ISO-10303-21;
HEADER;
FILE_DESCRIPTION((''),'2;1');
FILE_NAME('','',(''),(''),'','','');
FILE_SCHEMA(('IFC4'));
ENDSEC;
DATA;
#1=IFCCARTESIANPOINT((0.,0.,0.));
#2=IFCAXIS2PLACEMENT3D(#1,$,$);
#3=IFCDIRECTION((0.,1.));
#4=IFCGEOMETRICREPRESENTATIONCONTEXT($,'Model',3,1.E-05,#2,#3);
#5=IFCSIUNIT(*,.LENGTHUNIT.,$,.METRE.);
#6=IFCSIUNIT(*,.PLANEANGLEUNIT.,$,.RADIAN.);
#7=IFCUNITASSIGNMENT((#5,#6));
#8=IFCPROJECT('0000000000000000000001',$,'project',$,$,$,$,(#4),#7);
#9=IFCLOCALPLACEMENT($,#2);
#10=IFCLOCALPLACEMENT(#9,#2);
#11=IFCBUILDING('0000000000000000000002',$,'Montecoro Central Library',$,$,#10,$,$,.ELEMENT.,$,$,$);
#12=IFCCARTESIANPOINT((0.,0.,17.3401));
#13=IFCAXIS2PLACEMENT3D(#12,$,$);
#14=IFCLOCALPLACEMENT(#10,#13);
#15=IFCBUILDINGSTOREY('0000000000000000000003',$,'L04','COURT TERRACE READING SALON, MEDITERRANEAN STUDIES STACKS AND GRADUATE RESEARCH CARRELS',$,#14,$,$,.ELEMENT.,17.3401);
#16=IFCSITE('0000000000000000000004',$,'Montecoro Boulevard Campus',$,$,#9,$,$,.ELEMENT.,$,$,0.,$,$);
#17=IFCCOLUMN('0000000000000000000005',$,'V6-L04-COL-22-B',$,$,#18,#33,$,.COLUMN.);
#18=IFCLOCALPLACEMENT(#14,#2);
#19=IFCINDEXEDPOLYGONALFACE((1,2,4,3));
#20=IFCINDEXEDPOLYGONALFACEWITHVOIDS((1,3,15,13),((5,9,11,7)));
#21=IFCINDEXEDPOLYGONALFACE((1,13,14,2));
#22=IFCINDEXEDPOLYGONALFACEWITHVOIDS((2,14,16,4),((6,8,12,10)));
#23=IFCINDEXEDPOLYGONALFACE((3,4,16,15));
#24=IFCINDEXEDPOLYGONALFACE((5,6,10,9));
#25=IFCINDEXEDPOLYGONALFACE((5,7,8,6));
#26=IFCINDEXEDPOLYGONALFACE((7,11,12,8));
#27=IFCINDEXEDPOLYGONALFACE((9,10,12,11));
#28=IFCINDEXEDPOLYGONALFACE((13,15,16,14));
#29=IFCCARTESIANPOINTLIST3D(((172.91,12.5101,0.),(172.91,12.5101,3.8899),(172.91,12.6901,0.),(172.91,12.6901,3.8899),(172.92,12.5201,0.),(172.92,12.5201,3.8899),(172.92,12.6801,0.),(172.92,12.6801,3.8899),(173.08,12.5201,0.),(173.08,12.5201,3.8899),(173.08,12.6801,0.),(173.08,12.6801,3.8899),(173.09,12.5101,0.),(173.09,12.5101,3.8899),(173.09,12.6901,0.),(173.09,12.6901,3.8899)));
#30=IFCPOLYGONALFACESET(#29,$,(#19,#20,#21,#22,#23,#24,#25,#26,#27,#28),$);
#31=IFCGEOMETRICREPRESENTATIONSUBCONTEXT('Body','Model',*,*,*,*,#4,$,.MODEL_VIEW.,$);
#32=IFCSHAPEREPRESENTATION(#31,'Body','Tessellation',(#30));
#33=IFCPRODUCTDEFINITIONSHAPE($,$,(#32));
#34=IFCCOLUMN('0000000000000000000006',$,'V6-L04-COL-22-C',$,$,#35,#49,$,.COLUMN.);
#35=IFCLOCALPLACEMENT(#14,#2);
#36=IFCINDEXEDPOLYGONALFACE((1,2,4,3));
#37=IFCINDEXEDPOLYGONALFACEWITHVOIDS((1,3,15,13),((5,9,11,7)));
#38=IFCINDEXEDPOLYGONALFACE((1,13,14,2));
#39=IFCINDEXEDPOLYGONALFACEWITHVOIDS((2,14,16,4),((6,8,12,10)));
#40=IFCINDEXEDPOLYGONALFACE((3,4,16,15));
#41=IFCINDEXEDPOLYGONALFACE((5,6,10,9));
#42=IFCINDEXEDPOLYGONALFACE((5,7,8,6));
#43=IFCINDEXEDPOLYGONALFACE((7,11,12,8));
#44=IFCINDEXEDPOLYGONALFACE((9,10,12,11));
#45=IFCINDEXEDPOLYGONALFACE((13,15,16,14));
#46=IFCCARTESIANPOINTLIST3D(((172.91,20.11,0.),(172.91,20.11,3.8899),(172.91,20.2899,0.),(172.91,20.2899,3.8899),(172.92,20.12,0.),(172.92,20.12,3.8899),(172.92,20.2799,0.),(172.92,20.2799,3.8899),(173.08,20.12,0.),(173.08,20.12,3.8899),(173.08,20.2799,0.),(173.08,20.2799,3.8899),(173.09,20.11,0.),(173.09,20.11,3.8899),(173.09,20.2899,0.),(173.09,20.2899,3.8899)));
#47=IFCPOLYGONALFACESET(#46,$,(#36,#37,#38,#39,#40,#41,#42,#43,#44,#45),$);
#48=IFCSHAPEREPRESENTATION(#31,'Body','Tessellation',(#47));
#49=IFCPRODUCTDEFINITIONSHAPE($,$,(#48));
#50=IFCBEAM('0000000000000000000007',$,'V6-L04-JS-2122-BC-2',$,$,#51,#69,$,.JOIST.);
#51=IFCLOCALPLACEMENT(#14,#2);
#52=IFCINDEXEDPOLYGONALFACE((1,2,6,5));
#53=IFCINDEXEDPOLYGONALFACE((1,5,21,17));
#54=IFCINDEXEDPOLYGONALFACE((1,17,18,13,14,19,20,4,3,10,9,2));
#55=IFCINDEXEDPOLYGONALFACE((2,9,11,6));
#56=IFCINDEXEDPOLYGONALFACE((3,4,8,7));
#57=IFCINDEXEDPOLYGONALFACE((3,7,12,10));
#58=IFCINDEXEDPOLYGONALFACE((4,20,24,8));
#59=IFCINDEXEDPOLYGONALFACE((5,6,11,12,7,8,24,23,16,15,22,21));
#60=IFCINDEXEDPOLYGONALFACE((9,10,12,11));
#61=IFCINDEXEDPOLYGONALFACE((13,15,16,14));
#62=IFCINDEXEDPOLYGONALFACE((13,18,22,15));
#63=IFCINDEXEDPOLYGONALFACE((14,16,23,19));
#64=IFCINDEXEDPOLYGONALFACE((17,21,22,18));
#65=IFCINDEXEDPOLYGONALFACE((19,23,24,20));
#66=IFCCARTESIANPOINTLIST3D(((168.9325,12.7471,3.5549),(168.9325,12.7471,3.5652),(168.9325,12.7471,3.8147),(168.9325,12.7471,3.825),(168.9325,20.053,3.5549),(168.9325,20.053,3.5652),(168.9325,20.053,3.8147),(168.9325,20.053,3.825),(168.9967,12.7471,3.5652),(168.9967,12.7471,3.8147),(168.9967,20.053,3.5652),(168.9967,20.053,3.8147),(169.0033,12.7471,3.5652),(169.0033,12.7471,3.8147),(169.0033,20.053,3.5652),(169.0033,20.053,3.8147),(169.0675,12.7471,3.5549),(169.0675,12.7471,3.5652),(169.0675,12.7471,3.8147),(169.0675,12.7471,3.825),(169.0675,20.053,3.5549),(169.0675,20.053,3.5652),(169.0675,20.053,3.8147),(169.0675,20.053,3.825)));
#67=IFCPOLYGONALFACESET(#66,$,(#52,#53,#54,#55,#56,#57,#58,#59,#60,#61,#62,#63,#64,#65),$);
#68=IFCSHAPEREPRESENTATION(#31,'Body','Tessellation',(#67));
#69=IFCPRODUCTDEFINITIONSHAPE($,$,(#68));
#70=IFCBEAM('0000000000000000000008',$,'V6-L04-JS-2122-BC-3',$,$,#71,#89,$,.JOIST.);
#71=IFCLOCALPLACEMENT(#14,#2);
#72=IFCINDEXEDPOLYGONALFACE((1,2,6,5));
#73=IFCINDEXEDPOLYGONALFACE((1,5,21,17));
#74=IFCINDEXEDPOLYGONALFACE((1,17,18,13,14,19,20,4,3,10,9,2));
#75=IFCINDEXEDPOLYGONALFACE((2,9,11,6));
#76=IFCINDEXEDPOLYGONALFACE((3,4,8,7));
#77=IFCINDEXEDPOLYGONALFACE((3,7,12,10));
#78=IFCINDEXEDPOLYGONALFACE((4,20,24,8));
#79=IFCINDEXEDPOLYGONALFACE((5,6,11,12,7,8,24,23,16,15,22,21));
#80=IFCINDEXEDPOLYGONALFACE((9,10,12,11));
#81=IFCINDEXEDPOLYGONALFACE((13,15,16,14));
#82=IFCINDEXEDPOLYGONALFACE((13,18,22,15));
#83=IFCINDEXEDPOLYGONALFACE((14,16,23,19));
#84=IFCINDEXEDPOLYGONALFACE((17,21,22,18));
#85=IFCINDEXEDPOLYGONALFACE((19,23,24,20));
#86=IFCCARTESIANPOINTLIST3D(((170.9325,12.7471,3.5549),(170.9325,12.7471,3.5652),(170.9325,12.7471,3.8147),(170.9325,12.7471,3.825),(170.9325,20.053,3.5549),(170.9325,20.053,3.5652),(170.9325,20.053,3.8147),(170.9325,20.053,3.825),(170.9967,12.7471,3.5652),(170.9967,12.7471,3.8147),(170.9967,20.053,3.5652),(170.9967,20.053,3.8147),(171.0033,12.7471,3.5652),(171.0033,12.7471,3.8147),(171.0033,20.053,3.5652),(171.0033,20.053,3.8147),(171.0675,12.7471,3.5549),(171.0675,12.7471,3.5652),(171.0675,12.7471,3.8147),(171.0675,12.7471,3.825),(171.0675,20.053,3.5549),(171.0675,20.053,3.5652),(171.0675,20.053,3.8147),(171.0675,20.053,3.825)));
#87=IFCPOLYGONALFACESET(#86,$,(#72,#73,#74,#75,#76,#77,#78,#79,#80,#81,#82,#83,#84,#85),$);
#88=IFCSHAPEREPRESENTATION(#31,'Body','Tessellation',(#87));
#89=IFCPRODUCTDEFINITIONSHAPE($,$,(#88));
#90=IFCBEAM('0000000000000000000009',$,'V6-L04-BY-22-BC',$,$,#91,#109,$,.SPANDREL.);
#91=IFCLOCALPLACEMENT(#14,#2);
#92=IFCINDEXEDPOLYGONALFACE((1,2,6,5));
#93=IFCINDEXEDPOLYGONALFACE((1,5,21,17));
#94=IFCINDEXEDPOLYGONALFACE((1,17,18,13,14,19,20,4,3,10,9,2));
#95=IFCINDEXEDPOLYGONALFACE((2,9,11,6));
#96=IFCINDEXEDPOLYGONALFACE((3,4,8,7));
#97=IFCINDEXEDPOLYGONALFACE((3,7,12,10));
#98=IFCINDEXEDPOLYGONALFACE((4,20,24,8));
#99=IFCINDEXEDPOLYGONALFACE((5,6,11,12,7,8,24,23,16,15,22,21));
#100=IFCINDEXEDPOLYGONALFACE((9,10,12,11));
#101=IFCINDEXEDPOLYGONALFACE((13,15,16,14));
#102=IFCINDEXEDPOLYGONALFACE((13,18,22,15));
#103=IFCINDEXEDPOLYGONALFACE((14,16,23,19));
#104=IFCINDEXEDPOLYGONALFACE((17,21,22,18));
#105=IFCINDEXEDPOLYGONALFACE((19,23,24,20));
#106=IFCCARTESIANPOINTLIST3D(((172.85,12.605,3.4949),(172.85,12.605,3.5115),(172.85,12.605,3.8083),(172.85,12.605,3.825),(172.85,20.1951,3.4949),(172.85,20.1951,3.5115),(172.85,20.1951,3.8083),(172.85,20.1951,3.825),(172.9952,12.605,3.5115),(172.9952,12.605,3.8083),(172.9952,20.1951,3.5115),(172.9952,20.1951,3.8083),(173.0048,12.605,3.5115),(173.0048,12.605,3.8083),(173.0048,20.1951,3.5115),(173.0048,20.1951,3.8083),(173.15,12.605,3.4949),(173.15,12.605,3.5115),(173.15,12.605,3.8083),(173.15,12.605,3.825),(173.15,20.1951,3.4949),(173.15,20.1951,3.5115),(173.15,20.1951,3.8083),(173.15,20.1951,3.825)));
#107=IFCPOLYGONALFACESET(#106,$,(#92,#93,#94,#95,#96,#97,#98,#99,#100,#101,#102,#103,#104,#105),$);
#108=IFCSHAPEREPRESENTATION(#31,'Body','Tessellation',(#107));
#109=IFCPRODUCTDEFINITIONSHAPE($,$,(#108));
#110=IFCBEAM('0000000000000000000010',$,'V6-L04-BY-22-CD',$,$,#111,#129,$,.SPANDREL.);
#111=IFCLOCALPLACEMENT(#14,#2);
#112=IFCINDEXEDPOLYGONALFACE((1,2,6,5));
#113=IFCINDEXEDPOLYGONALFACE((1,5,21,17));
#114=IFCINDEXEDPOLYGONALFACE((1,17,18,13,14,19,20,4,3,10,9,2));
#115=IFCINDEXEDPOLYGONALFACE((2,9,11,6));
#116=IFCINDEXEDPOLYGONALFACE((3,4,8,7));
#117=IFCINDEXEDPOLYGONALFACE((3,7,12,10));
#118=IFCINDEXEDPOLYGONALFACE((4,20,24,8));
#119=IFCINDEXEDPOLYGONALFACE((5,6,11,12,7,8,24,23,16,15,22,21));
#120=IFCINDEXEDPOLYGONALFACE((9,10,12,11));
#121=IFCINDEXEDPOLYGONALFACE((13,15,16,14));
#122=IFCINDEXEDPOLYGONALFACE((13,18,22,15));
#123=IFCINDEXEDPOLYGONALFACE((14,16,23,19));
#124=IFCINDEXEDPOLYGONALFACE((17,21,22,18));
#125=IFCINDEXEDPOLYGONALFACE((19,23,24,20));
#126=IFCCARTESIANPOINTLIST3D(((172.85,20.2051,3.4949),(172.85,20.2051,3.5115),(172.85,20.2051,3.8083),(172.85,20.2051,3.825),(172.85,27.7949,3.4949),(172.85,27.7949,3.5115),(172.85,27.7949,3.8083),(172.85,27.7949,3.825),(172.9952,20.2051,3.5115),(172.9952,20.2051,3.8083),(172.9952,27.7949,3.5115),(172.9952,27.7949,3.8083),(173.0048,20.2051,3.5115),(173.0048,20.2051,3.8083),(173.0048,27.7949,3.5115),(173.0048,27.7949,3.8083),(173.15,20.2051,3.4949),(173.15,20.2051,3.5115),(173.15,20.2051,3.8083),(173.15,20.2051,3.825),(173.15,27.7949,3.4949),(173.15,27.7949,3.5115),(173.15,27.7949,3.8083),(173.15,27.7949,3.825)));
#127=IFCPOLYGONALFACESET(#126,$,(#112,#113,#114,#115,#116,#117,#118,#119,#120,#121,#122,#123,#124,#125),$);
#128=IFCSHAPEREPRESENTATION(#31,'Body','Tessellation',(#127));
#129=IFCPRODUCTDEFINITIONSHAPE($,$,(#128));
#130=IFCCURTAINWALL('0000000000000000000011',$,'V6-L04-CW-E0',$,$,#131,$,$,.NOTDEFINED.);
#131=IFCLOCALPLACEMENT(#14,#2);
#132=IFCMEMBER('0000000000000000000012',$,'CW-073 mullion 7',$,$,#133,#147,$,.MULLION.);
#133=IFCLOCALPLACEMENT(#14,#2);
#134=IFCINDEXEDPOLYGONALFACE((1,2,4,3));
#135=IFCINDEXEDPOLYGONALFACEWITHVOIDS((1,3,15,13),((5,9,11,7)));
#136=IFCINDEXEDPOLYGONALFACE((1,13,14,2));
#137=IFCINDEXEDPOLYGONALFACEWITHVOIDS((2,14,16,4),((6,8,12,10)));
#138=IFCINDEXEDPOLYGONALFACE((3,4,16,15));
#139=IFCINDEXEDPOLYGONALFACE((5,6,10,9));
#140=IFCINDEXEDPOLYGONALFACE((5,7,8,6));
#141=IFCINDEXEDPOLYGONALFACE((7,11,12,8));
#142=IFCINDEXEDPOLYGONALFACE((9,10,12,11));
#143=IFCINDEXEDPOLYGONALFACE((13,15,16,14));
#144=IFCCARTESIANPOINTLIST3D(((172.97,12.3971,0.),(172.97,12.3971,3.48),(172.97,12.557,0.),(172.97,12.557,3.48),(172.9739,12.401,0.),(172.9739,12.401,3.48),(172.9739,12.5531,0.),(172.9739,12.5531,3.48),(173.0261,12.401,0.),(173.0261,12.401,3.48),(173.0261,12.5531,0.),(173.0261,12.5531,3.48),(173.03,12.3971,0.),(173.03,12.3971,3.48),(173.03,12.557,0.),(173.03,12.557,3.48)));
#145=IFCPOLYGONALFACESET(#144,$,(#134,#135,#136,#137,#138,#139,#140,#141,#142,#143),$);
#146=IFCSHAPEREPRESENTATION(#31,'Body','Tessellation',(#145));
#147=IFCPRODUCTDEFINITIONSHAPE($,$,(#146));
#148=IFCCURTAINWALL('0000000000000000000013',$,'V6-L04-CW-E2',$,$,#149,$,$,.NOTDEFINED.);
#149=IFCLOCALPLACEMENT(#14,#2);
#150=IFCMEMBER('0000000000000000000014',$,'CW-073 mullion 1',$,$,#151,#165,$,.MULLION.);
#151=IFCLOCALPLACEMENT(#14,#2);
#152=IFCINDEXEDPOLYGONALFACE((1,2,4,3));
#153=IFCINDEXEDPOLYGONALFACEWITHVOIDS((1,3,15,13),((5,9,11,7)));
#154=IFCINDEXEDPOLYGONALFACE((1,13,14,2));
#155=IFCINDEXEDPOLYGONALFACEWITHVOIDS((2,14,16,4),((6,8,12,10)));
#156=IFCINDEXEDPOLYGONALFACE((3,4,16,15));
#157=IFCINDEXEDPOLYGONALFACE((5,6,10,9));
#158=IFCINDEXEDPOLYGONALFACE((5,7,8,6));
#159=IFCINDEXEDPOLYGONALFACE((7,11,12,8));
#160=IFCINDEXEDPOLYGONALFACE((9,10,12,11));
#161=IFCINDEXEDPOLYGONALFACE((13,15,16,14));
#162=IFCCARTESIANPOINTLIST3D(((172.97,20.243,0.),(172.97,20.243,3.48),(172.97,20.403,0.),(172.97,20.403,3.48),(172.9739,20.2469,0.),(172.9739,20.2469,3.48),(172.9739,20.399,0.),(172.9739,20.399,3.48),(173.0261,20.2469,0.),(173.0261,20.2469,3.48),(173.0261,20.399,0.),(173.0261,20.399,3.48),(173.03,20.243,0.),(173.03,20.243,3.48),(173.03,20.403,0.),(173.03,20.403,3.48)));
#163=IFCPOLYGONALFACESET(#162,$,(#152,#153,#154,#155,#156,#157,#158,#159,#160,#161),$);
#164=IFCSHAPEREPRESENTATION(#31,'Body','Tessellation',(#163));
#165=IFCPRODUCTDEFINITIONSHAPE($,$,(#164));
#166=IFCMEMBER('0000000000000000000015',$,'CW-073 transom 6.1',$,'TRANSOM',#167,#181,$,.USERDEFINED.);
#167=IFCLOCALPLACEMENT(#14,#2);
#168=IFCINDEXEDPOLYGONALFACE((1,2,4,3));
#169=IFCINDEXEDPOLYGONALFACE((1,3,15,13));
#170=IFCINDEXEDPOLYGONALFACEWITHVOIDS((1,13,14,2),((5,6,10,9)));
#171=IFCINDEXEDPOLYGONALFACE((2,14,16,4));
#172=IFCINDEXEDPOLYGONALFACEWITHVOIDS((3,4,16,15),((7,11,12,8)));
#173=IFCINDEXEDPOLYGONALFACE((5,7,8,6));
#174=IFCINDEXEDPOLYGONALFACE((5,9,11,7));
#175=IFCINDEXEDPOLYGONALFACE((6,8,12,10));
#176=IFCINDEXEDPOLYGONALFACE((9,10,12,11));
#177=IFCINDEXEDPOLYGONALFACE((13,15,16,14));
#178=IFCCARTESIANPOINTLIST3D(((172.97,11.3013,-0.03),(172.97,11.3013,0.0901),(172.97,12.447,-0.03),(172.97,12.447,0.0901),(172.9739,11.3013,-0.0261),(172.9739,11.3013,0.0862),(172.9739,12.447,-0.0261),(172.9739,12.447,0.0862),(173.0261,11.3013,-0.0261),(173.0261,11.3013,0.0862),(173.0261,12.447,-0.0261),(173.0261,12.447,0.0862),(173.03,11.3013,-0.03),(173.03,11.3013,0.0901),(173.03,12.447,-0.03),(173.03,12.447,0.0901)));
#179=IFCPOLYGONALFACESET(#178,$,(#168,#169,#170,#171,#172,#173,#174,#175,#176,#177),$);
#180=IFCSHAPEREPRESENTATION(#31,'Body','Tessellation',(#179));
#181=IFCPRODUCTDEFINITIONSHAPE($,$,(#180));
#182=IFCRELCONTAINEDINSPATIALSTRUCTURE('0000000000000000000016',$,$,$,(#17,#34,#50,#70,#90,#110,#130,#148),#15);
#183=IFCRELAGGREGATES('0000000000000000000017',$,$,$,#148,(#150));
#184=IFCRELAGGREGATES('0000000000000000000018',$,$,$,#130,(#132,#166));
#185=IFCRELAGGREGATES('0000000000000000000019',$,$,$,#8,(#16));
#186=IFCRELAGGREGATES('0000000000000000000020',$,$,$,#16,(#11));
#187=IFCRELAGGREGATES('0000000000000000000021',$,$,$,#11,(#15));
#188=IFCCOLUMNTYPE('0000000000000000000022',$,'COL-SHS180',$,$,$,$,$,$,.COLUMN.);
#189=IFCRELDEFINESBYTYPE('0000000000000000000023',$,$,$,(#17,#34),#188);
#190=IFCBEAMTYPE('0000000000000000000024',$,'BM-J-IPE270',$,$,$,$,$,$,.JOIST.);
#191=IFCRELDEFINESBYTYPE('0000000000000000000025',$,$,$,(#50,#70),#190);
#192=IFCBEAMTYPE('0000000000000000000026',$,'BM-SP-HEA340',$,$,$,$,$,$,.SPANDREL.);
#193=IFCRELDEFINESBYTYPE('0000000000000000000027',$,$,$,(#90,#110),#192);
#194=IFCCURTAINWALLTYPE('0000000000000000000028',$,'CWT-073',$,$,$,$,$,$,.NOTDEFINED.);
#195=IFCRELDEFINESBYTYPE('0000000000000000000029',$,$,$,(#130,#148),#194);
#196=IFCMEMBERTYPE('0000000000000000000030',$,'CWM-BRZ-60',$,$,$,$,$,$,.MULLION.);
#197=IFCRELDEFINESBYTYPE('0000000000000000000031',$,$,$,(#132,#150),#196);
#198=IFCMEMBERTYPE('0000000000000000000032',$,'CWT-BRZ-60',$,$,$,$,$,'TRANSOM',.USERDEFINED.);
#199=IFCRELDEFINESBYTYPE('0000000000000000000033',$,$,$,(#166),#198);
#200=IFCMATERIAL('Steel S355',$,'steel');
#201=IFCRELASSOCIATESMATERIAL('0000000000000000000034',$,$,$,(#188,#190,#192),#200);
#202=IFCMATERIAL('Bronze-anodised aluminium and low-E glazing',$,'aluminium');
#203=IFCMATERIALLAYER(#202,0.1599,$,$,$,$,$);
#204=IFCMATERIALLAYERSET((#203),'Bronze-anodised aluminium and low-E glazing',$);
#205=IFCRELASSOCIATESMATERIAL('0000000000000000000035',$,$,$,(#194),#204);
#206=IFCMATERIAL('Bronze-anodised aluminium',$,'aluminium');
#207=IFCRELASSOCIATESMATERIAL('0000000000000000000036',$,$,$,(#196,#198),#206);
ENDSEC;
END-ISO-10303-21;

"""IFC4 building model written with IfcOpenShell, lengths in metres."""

from ifc_helpers import new_model, si_unit, direction, frame, origin, origin_2d, place, context, subcontext, project, spatial, hollow_rectangle, i_section, extrude, material, layer, layer_set, material_profile, profile_set, type_object, element, aggregate, save


model = new_model("IFC4")

# Units and contexts
model_context = context("Model", 3, precision=1e-05, world=origin(), true_north=direction((0.0, 1.0)))
body_context = subcontext(model_context, "Body", "Model", "MODEL_VIEW")
ifc_project = project(units=[si_unit("LENGTHUNIT", "METRE"), si_unit("PLANEANGLEUNIT", "RADIAN")], contexts=[model_context])

# Site, building, storey
site_placement = place(None, origin())
site = spatial("IfcSite", under=ifc_project, at=site_placement, Name="Montecoro Boulevard Campus", CompositionType="ELEMENT", RefElevation=0.0)
building_placement = place(site_placement, origin())
building = spatial("IfcBuilding", under=site, at=building_placement, Name="Montecoro Central Library", CompositionType="ELEMENT")
storey_placement = place(building_placement, frame((0.0, 0.0, 17.3401)))
storey = spatial("IfcBuildingStorey", under=building, at=storey_placement, Name="L04", Description="COURT TERRACE READING SALON, MEDITERRANEAN STUDIES STACKS AND GRADUATE RESEARCH CARRELS", CompositionType="ELEMENT", Elevation=17.3401)

# Columns
ifc_material_1 = material(Name="Steel S355", Category="steel")
ifc_material_profile_1 = material_profile(ifc_material_1, hollow_rectangle(XDim=0.1799, YDim=0.1799, WallThickness=0.01, at=origin_2d()), Name="SHS 180x180x10.0")
ifc_profile_set_1 = profile_set([ifc_material_profile_1], Name="Steel S355")
column_type = type_object("IfcColumnType", Name="COL-SHS180", PredefinedType="COLUMN", material=ifc_profile_set_1)
for number, where, z_axis, x_axis, name in (
    (1, (173.0, 12.6001, 0.0), (0.0, 0.0, 1.0), (1.0, 0.0, 0.0), "V6-L04-COL-22-B"),
    (2, (173.0, 20.2, 0.0), (0.0, 0.0, 1.0), (1.0, 0.0, 0.0), "V6-L04-COL-22-C"),
):
    element("IfcColumn", number, at=place(storey_placement, frame(where, z_axis=z_axis, x_axis=x_axis)), inside=storey, type_object=column_type, Name=name, PredefinedType="COLUMN", context=body_context, shape_type="SweptSolid", body=[
        extrude(hollow_rectangle(XDim=0.1799, YDim=0.1799, WallThickness=0.01, at=origin_2d()), origin(), (0.0, 0.0, 1.0), 3.8899),
    ])

# Beams
ifc_material_profile_2 = material_profile(ifc_material_1, i_section(OverallWidth=0.135, OverallDepth=0.27, WebThickness=0.0066, FlangeThickness=0.0103, at=origin_2d()), Name="IPE 270")
ifc_profile_set_2 = profile_set([ifc_material_profile_2], Name="Steel S355")
beam_type_1 = type_object("IfcBeamType", Name="BM-J-IPE270", PredefinedType="JOIST", material=ifc_profile_set_2)
for number, where, z_axis, x_axis, name in (
    (3, (169.0, 12.7471, 3.6899), (0.0, 1.0, 0.0), (-1.0, 0.0, 0.0), "V6-L04-JS-2122-BC-2"),
    (4, (171.0, 12.7471, 3.6899), (0.0, 1.0, 0.0), (-1.0, 0.0, 0.0), "V6-L04-JS-2122-BC-3"),
):
    element("IfcBeam", number, at=place(storey_placement, frame(where, z_axis=z_axis, x_axis=x_axis)), inside=storey, type_object=beam_type_1, Name=name, PredefinedType="JOIST", context=body_context, shape_type="SweptSolid", body=[
        extrude(i_section(OverallWidth=0.135, OverallDepth=0.27, WebThickness=0.0066, FlangeThickness=0.0103, at=origin_2d()), origin(), (0.0, 0.0, 1.0), 7.3059),
    ])
ifc_material_profile_3 = material_profile(ifc_material_1, i_section(OverallWidth=0.3, OverallDepth=0.3301, WebThickness=0.0095, FlangeThickness=0.0166, at=origin_2d()), Name="HEA 340")
ifc_profile_set_3 = profile_set([ifc_material_profile_3], Name="Steel S355")
beam_type_2 = type_object("IfcBeamType", Name="BM-SP-HEA340", PredefinedType="SPANDREL", material=ifc_profile_set_3)
beam_1_placement = place(storey_placement, frame((173.0, 12.605, 3.6599), z_axis=(0.0, 1.0, 0.0), x_axis=(-1.0, 0.0, 0.0)))
element("IfcBeam", 5, at=beam_1_placement, inside=storey, type_object=beam_type_2, Name="V6-L04-BY-22-BC", PredefinedType="SPANDREL", context=body_context, shape_type="SweptSolid", body=[
    extrude(i_section(OverallWidth=0.3, OverallDepth=0.3301, WebThickness=0.0095, FlangeThickness=0.0166, at=origin_2d()), origin(), (0.0, 0.0, 1.0), 7.5901),
])
beam_2_placement = place(storey_placement, frame((173.0, 20.2051, 3.6599), z_axis=(0.0, 1.0, 0.0), x_axis=(-1.0, 0.0, 0.0)))
element("IfcBeam", 6, at=beam_2_placement, inside=storey, type_object=beam_type_2, Name="V6-L04-BY-22-CD", PredefinedType="SPANDREL", context=body_context, shape_type="SweptSolid", body=[
    extrude(i_section(OverallWidth=0.3, OverallDepth=0.3301, WebThickness=0.0095, FlangeThickness=0.0166, at=origin_2d()), origin(), (0.0, 0.0, 1.0), 7.5898),
])

# Curtain walls, members
ifc_material_2 = material(Name="Bronze-anodised aluminium and low-E glazing", Category="aluminium")
ifc_layer_1 = layer(ifc_material_2, 0.1599)
ifc_layer_set_1 = layer_set([ifc_layer_1], Name="Bronze-anodised aluminium and low-E glazing")
curtain_wall_type = type_object("IfcCurtainWallType", Name="CWT-073", PredefinedType="NOTDEFINED", material=ifc_layer_set_1)
curtain_wall_1_placement = place(storey_placement, origin())
curtain_wall_1 = element("IfcCurtainWall", 7, at=curtain_wall_1_placement, inside=storey, type_object=curtain_wall_type, Name="V6-L04-CW-E0", PredefinedType="NOTDEFINED")
ifc_material_3 = material(Name="Bronze-anodised aluminium", Category="aluminium")
ifc_material_profile_4 = material_profile(ifc_material_3, hollow_rectangle(XDim=0.0601, YDim=0.1599, WallThickness=0.0039, at=origin_2d()), Name="CWM 160x60x4.0")
ifc_profile_set_4 = profile_set([ifc_material_profile_4], Name="Bronze-anodised aluminium")
member_type_1 = type_object("IfcMemberType", Name="CWM-BRZ-60", PredefinedType="MULLION", material=ifc_profile_set_4)
member_1_placement = place(storey_placement, frame((173.0, 12.4771, 0.0), z_axis=(0.0, 0.0, 1.0), x_axis=(-1.0, 0.0, 0.0)))
member_1 = element("IfcMember", 8, at=member_1_placement, type_object=member_type_1, Name="CW-073 mullion 7", PredefinedType="MULLION", context=body_context, shape_type="SweptSolid", body=[
    extrude(hollow_rectangle(XDim=0.0601, YDim=0.1599, WallThickness=0.0039, at=origin_2d()), origin(), (0.0, 0.0, 1.0), 3.48),
])
curtain_wall_2_placement = place(storey_placement, origin())
curtain_wall_2 = element("IfcCurtainWall", 9, at=curtain_wall_2_placement, inside=storey, type_object=curtain_wall_type, Name="V6-L04-CW-E2", PredefinedType="NOTDEFINED")
member_2_placement = place(storey_placement, frame((173.0, 20.323, 0.0), z_axis=(0.0, 0.0, 1.0), x_axis=(-1.0, 0.0, 0.0)))
member_2 = element("IfcMember", 10, at=member_2_placement, type_object=member_type_1, Name="CW-073 mullion 1", PredefinedType="MULLION", context=body_context, shape_type="SweptSolid", body=[
    extrude(hollow_rectangle(XDim=0.0601, YDim=0.1599, WallThickness=0.0039, at=origin_2d()), origin(), (0.0, 0.0, 1.0), 3.48),
])
aggregate(curtain_wall_2, [member_2])

# Member
ifc_material_profile_5 = material_profile(ifc_material_3, hollow_rectangle(XDim=0.0601, YDim=0.1201, WallThickness=0.0039, at=origin_2d()), Name="CWT 120x60x4.0")
ifc_profile_set_5 = profile_set([ifc_material_profile_5], Name="Bronze-anodised aluminium")
member_type_2 = type_object("IfcMemberType", Name="CWT-BRZ-60", ElementType="TRANSOM", PredefinedType="USERDEFINED", material=ifc_profile_set_5)
member_3_placement = place(storey_placement, frame((173.0, 11.3013, 0.03), z_axis=(0.0, 1.0, 0.0), x_axis=(-1.0, 0.0, 0.0)))
member_3 = element("IfcMember", 11, at=member_3_placement, type_object=member_type_2, Name="CW-073 transom 6.1", ObjectType="TRANSOM", PredefinedType="USERDEFINED", context=body_context, shape_type="SweptSolid", body=[
    extrude(hollow_rectangle(XDim=0.0601, YDim=0.1201, WallThickness=0.0039, at=origin_2d()), origin(), (0.0, 0.0, 1.0), 1.1458),
])

aggregate(curtain_wall_1, [member_1, member_3])

save(model, "model.ifc")
